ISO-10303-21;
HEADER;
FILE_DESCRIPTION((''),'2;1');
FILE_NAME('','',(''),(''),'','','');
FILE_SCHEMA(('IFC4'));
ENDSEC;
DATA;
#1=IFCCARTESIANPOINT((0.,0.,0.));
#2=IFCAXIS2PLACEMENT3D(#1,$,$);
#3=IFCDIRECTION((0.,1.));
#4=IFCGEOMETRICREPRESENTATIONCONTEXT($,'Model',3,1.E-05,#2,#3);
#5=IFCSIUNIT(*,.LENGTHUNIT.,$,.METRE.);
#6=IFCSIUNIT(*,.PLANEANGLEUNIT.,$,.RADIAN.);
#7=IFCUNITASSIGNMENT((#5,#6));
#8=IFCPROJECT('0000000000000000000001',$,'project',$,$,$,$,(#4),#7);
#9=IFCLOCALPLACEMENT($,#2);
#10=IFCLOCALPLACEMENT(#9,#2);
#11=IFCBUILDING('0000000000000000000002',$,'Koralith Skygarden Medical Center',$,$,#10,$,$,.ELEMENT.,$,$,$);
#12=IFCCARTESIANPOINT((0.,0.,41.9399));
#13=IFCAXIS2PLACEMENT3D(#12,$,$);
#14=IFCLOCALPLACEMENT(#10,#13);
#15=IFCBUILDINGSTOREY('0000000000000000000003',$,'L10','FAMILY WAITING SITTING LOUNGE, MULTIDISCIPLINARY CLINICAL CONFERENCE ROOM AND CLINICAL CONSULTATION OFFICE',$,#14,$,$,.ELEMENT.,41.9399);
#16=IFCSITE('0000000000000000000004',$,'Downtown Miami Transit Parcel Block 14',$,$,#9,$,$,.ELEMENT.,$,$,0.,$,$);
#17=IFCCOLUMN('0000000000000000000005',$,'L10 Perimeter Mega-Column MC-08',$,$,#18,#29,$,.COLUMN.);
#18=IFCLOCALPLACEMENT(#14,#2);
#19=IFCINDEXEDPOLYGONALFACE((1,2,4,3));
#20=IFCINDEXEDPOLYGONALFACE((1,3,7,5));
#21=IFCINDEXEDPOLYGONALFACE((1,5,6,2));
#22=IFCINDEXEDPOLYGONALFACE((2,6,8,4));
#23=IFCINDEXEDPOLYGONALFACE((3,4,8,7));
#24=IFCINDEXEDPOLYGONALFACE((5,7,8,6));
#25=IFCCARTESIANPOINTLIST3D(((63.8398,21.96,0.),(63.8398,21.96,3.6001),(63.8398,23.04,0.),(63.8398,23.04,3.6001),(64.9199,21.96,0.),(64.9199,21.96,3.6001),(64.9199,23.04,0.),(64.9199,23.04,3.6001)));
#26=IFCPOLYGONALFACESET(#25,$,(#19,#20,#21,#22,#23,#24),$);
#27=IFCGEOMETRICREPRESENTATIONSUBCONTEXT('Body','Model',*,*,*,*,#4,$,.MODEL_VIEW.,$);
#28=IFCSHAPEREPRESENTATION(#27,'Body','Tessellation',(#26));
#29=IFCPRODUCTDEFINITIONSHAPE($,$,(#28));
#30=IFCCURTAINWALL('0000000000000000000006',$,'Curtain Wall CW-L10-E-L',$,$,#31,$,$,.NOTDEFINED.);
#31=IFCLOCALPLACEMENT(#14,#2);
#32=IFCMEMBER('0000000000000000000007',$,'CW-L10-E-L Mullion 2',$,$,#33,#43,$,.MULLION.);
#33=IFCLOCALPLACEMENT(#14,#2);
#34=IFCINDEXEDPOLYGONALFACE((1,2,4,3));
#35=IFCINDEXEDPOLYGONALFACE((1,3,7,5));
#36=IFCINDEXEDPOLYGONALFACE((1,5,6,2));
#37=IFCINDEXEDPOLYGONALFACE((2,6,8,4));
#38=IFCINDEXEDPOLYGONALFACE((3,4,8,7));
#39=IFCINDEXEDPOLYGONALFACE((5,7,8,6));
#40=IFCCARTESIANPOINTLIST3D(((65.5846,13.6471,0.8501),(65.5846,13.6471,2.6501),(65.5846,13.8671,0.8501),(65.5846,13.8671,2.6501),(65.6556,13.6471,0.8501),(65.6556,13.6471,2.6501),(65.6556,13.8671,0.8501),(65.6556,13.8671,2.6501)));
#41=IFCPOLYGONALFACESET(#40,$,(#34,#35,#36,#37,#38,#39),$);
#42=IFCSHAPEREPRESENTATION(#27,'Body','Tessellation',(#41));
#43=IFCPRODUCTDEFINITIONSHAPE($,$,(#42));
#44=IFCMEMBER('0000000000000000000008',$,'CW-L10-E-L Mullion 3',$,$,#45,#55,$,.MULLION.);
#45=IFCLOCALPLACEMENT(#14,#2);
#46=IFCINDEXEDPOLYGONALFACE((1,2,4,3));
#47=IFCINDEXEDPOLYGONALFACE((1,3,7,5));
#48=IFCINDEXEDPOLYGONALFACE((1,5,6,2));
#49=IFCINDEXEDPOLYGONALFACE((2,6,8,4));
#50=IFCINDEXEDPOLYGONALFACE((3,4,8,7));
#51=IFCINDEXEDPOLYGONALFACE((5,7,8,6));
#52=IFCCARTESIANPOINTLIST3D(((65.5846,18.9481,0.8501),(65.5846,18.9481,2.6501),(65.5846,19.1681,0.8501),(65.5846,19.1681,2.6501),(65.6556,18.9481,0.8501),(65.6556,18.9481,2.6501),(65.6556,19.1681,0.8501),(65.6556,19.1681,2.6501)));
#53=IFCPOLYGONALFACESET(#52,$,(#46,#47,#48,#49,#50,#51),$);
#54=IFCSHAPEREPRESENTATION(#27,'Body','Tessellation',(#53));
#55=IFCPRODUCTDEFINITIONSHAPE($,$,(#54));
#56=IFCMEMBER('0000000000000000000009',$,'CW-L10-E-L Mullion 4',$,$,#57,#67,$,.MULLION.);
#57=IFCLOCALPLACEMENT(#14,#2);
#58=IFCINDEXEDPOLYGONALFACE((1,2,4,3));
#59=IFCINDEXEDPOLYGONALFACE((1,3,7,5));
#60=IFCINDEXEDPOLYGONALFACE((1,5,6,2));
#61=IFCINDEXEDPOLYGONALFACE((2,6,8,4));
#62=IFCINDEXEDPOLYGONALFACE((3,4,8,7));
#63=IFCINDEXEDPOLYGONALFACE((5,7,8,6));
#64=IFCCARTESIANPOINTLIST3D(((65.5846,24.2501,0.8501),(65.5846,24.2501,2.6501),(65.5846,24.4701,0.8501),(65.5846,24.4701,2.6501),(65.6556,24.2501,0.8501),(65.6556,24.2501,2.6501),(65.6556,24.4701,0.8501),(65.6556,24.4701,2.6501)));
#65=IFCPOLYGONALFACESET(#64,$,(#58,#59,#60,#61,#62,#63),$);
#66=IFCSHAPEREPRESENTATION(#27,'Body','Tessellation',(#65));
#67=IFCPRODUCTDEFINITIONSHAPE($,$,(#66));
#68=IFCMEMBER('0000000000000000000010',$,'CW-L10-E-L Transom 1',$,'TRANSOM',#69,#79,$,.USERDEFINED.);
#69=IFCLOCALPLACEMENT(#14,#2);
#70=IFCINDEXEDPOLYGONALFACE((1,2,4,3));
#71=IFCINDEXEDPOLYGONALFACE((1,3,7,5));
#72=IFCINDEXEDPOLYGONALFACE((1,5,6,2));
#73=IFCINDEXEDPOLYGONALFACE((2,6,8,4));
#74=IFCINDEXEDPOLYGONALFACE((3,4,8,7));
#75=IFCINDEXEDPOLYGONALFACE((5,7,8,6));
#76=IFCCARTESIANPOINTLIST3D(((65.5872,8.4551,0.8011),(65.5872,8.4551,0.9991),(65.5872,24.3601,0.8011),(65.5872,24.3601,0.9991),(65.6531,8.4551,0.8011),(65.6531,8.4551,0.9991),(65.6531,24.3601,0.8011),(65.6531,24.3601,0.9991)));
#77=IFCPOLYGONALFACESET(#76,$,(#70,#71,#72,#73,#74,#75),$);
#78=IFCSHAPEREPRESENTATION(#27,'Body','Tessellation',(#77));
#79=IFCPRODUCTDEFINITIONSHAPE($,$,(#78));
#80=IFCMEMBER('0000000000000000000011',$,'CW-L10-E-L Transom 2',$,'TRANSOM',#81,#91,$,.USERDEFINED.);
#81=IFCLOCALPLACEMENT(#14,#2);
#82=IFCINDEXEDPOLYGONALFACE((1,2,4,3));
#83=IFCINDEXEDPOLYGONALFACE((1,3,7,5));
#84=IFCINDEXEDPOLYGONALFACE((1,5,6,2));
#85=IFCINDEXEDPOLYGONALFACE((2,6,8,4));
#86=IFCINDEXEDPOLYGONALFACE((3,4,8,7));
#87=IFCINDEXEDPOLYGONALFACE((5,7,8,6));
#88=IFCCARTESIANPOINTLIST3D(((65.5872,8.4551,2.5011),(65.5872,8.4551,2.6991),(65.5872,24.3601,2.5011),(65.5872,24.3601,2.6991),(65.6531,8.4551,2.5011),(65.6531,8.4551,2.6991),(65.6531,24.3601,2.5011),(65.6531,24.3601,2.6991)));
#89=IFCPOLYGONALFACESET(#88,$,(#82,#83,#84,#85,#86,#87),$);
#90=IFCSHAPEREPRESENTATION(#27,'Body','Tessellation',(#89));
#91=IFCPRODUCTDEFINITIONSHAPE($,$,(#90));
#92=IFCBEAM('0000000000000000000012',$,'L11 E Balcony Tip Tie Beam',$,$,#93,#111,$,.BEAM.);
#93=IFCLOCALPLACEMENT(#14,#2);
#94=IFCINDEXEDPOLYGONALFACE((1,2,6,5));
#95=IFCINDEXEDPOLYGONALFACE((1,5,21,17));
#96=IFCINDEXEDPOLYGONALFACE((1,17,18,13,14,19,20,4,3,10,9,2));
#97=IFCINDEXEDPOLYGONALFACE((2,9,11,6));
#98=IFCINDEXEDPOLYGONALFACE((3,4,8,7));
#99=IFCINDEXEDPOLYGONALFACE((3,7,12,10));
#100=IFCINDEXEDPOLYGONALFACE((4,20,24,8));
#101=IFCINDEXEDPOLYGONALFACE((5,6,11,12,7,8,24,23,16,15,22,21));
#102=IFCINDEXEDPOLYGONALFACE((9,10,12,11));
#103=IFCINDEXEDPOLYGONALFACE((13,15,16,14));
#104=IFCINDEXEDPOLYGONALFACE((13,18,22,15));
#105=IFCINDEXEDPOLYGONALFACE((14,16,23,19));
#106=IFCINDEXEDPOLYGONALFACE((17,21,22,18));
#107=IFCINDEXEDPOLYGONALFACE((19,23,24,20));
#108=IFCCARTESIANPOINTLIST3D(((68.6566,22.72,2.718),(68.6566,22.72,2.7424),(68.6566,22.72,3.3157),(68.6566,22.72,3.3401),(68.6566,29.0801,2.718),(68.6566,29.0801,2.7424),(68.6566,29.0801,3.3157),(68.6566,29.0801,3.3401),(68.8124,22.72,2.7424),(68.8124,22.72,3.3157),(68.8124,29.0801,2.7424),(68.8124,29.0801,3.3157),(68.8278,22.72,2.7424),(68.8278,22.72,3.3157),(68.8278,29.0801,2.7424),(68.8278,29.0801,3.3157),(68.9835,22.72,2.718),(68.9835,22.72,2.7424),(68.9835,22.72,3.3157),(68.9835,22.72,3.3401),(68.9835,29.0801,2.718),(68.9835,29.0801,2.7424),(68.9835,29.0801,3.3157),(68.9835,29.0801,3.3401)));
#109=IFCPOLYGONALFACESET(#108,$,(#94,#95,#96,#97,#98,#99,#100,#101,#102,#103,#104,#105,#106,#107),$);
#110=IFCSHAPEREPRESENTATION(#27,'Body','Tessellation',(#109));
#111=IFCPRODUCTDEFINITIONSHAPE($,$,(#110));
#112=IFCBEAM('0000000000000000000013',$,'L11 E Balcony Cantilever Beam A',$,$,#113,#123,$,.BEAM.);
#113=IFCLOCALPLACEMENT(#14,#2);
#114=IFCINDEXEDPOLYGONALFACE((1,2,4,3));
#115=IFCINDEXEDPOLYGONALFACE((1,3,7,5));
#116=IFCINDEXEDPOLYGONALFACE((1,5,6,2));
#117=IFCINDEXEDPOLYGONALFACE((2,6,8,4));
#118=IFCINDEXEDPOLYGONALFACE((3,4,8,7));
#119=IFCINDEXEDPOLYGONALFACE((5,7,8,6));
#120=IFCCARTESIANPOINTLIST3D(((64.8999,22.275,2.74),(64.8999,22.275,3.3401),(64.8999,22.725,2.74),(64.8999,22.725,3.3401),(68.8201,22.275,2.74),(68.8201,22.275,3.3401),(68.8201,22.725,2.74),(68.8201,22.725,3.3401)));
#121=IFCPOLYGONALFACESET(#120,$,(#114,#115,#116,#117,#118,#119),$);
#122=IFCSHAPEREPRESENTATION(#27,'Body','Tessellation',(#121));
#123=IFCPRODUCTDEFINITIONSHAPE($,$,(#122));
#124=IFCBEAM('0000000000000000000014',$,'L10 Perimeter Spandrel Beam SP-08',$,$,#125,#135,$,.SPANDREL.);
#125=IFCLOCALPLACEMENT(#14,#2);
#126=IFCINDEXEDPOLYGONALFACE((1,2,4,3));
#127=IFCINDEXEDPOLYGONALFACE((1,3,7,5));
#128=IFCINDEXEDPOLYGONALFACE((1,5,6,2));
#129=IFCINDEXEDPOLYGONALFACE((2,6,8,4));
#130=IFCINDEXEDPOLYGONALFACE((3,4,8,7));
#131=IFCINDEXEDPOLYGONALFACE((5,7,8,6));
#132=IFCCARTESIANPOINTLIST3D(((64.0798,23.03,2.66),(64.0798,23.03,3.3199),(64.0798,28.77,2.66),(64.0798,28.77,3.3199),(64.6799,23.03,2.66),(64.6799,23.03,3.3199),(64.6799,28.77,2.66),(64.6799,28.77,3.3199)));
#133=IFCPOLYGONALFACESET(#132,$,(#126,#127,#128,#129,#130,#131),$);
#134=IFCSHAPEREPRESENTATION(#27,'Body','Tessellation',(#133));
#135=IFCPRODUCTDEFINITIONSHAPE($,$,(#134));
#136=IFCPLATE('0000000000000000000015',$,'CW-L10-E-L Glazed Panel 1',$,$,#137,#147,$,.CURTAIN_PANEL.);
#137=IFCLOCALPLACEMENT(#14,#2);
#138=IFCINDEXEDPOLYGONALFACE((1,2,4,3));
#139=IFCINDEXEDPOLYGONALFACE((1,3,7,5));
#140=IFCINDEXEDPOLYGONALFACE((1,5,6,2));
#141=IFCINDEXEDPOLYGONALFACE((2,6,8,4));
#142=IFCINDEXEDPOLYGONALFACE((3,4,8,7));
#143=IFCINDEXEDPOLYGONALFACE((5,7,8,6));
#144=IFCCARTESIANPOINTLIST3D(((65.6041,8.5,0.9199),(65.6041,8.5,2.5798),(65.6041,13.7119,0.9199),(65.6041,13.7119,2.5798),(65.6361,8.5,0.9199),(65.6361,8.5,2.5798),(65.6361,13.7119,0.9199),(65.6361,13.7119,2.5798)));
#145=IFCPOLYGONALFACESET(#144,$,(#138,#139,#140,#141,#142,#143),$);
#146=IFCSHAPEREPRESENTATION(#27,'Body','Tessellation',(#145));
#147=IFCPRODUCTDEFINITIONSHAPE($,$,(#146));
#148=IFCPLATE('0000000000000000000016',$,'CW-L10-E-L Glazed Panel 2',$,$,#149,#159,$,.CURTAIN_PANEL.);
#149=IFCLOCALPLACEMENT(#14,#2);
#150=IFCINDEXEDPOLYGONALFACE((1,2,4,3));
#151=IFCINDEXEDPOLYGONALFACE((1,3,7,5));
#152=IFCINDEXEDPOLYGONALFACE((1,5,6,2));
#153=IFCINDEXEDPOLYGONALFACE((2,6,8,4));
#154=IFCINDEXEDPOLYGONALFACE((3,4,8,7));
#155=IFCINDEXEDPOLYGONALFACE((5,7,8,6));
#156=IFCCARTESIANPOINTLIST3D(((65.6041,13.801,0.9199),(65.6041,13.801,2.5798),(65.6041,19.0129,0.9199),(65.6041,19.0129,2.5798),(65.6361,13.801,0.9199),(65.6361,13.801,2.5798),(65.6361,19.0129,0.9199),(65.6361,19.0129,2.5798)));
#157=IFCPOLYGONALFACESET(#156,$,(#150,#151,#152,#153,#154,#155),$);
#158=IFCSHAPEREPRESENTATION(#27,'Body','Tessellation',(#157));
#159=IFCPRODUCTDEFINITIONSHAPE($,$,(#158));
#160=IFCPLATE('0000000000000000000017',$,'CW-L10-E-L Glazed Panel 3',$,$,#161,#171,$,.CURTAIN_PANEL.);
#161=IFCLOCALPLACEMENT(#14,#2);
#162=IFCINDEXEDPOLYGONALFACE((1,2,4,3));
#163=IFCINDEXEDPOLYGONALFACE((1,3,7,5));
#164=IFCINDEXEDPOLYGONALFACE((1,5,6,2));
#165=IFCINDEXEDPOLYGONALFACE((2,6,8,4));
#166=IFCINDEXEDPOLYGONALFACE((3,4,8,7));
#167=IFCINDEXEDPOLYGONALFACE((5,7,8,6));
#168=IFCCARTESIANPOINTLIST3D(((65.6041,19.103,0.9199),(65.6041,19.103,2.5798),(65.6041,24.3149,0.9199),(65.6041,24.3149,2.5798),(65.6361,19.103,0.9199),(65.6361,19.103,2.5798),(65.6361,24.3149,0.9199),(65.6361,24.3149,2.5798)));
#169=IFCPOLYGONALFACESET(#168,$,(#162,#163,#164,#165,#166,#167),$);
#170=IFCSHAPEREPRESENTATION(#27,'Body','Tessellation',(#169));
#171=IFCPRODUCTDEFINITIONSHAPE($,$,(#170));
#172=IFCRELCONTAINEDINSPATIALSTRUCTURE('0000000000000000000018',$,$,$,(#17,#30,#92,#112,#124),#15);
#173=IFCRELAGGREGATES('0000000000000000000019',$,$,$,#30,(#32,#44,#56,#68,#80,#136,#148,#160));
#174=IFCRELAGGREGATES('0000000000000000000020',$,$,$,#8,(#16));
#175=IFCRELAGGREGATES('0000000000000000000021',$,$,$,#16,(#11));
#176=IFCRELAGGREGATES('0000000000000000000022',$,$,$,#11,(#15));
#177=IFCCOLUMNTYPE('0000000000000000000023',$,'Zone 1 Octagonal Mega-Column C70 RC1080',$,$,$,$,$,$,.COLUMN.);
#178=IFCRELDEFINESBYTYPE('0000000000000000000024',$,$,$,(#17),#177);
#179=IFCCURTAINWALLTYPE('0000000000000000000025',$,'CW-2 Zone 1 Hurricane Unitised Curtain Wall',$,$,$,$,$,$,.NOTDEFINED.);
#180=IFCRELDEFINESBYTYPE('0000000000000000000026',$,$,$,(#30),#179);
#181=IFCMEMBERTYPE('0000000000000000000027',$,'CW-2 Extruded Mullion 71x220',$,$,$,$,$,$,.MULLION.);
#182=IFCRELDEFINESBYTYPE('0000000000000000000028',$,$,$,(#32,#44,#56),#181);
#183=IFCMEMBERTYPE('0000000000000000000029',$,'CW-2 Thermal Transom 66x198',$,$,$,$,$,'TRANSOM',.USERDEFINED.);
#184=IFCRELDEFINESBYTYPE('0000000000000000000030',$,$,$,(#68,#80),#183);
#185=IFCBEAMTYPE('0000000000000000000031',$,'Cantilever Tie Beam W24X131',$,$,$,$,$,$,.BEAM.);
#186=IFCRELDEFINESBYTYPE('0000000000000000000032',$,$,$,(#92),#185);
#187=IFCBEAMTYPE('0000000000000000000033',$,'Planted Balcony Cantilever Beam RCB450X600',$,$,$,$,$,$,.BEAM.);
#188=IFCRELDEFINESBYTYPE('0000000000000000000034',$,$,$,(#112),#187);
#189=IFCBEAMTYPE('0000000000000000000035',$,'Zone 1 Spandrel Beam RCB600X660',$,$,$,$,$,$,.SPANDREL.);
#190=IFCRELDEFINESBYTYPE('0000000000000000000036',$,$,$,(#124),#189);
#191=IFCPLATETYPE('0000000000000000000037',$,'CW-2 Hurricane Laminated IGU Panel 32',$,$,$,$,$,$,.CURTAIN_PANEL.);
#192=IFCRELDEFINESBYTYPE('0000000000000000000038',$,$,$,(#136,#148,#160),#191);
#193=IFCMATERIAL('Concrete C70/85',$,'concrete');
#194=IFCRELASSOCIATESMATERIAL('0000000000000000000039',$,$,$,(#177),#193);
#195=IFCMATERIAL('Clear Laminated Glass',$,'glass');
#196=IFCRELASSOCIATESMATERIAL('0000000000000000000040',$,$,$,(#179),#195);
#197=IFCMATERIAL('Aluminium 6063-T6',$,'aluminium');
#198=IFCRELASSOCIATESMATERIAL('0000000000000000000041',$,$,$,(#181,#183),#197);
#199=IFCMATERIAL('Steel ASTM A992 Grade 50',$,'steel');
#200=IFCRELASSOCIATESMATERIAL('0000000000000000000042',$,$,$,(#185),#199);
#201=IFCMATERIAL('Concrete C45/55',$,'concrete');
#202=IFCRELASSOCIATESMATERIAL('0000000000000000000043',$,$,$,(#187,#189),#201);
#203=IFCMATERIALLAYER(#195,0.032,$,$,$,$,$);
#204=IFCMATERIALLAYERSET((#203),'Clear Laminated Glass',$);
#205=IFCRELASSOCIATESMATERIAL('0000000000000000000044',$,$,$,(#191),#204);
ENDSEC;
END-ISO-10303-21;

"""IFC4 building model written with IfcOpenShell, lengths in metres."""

from ifc_helpers import new_model, si_unit, direction, frame, origin, origin_2d, place, context, subcontext, project, spatial, rectangle, i_section, extrude, material, layer, layer_set, material_profile, profile_set, type_object, element, aggregate, save


model = new_model("IFC4")

# Units and contexts
model_context = context("Model", 3, precision=1e-05, world=origin(), true_north=direction((0.0, 1.0)))
body_context = subcontext(model_context, "Body", "Model", "MODEL_VIEW")
ifc_project = project(units=[si_unit("LENGTHUNIT", "METRE"), si_unit("PLANEANGLEUNIT", "RADIAN")], contexts=[model_context])

# Site, building, storey
site_placement = place(None, origin())
site = spatial("IfcSite", under=ifc_project, at=site_placement, Name="Downtown Miami Transit Parcel Block 14", CompositionType="ELEMENT", RefElevation=0.0)
building_placement = place(site_placement, origin())
building = spatial("IfcBuilding", under=site, at=building_placement, Name="Koralith Skygarden Medical Center", CompositionType="ELEMENT")
storey_placement = place(building_placement, frame((0.0, 0.0, 41.9399)))
storey = spatial("IfcBuildingStorey", under=building, at=storey_placement, Name="L10", Description="FAMILY WAITING SITTING LOUNGE, MULTIDISCIPLINARY CLINICAL CONFERENCE ROOM AND CLINICAL CONSULTATION OFFICE", CompositionType="ELEMENT", Elevation=41.9399)

# Column
ifc_material_1 = material(Name="Concrete C70/85", Category="concrete")
ifc_material_profile_1 = material_profile(ifc_material_1, rectangle(XDim=1.0801, YDim=1.0801, at=origin_2d()), Name="RC1080X1080")
ifc_profile_set_1 = profile_set([ifc_material_profile_1], Name="Concrete C70/85")
column_type = type_object("IfcColumnType", Name="Zone 1 Octagonal Mega-Column C70 RC1080", PredefinedType="COLUMN", material=ifc_profile_set_1)
column_placement = place(storey_placement, frame((64.3799, 22.5, 0.0), z_axis=(0.0, 0.0, 1.0), x_axis=(1.0, 0.0, 0.0)))
element("IfcColumn", 1, at=column_placement, inside=storey, type_object=column_type, Name="L10 Perimeter Mega-Column MC-08", PredefinedType="COLUMN", context=body_context, shape_type="SweptSolid", body=[
    extrude(rectangle(XDim=1.0801, YDim=1.0801, at=origin_2d()), origin(), (0.0, 0.0, 1.0), 3.6001),
])

# Curtain wall, members
ifc_material_2 = material(Name="Clear Laminated Glass", Category="glass")
curtain_wall_type = type_object("IfcCurtainWallType", Name="CW-2 Zone 1 Hurricane Unitised Curtain Wall", PredefinedType="NOTDEFINED", material=ifc_material_2)
curtain_wall_placement = place(storey_placement, origin())
curtain_wall = element("IfcCurtainWall", 2, at=curtain_wall_placement, inside=storey, type_object=curtain_wall_type, Name="Curtain Wall CW-L10-E-L", PredefinedType="NOTDEFINED")
ifc_material_3 = material(Name="Aluminium 6063-T6", Category="aluminium")
ifc_material_profile_2 = material_profile(ifc_material_3, rectangle(XDim=0.071, YDim=0.22, at=origin_2d()), Name="MUL71X220")
ifc_profile_set_2 = profile_set([ifc_material_profile_2], Name="Aluminium 6063-T6")
member_type_1 = type_object("IfcMemberType", Name="CW-2 Extruded Mullion 71x220", PredefinedType="MULLION", material=ifc_profile_set_2)
member_1_placement = place(storey_placement, frame((65.6201, 13.7571, 0.8501), z_axis=(0.0, 0.0, 1.0), x_axis=(1.0, 0.0, 0.0)))
member_1 = element("IfcMember", 3, at=member_1_placement, type_object=member_type_1, Name="CW-L10-E-L Mullion 2", PredefinedType="MULLION", context=body_context, shape_type="SweptSolid", body=[
    extrude(rectangle(XDim=0.071, YDim=0.22, at=origin_2d()), origin(), (0.0, 0.0, 1.0), 1.8),
])
member_2_placement = place(storey_placement, frame((65.6201, 19.0581, 0.8501), z_axis=(0.0, 0.0, 1.0), x_axis=(1.0, 0.0, 0.0)))
member_2 = element("IfcMember", 4, at=member_2_placement, type_object=member_type_1, Name="CW-L10-E-L Mullion 3", PredefinedType="MULLION", context=body_context, shape_type="SweptSolid", body=[
    extrude(rectangle(XDim=0.071, YDim=0.22, at=origin_2d()), origin(), (0.0, 0.0, 1.0), 1.8),
])
member_3_placement = place(storey_placement, frame((65.6201, 24.3601, 0.8501), z_axis=(0.0, 0.0, 1.0), x_axis=(1.0, 0.0, 0.0)))
member_3 = element("IfcMember", 5, at=member_3_placement, type_object=member_type_1, Name="CW-L10-E-L Mullion 4", PredefinedType="MULLION", context=body_context, shape_type="SweptSolid", body=[
    extrude(rectangle(XDim=0.071, YDim=0.22, at=origin_2d()), origin(), (0.0, 0.0, 1.0), 1.8),
])
ifc_material_profile_3 = material_profile(ifc_material_3, rectangle(XDim=0.0659, YDim=0.198, at=origin_2d()), Name="TRN66X198")
ifc_profile_set_3 = profile_set([ifc_material_profile_3], Name="Aluminium 6063-T6")
member_type_2 = type_object("IfcMemberType", Name="CW-2 Thermal Transom 66x198", ElementType="TRANSOM", PredefinedType="USERDEFINED", material=ifc_profile_set_3)
member_4_placement = place(storey_placement, frame((65.6201, 8.4551, 0.9001), z_axis=(0.0, 1.0, 0.0), x_axis=(-1.0, 0.0, 0.0)))
member_4 = element("IfcMember", 6, at=member_4_placement, type_object=member_type_2, Name="CW-L10-E-L Transom 1", ObjectType="TRANSOM", PredefinedType="USERDEFINED", context=body_context, shape_type="SweptSolid", body=[
    extrude(rectangle(XDim=0.0659, YDim=0.198, at=origin_2d()), origin(), (0.0, 0.0, 1.0), 15.905),
])
member_5_placement = place(storey_placement, frame((65.6201, 8.4551, 2.6001), z_axis=(0.0, 1.0, 0.0), x_axis=(-1.0, 0.0, 0.0)))
member_5 = element("IfcMember", 7, at=member_5_placement, type_object=member_type_2, Name="CW-L10-E-L Transom 2", ObjectType="TRANSOM", PredefinedType="USERDEFINED", context=body_context, shape_type="SweptSolid", body=[
    extrude(rectangle(XDim=0.0659, YDim=0.198, at=origin_2d()), origin(), (0.0, 0.0, 1.0), 15.905),
])

# Beams
ifc_material_4 = material(Name="Steel ASTM A992 Grade 50", Category="steel")
ifc_material_profile_4 = material_profile(ifc_material_4, i_section(OverallWidth=0.3269, OverallDepth=0.6221, WebThickness=0.0154, FlangeThickness=0.0244, at=origin_2d()), Name="W24X131")
ifc_profile_set_4 = profile_set([ifc_material_profile_4], Name="Steel ASTM A992 Grade 50")
beam_type_1 = type_object("IfcBeamType", Name="Cantilever Tie Beam W24X131", PredefinedType="BEAM", material=ifc_profile_set_4)
beam_1_placement = place(storey_placement, frame((68.8201, 22.72, 3.0291), z_axis=(0.0, 1.0, 0.0), x_axis=(-1.0, 0.0, 0.0)))
element("IfcBeam", 8, at=beam_1_placement, inside=storey, type_object=beam_type_1, Name="L11 E Balcony Tip Tie Beam", PredefinedType="BEAM", context=body_context, shape_type="SweptSolid", body=[
    extrude(i_section(OverallWidth=0.3269, OverallDepth=0.6221, WebThickness=0.0154, FlangeThickness=0.0244, at=origin_2d()), origin(), (0.0, 0.0, 1.0), 6.3601),
])
ifc_material_5 = material(Name="Concrete C45/55", Category="concrete")
ifc_material_profile_5 = material_profile(ifc_material_5, rectangle(XDim=0.45, YDim=0.6001, at=origin_2d()), Name="RCB450X600")
ifc_profile_set_5 = profile_set([ifc_material_profile_5], Name="Concrete C45/55")
beam_type_2 = type_object("IfcBeamType", Name="Planted Balcony Cantilever Beam RCB450X600", PredefinedType="BEAM", material=ifc_profile_set_5)
beam_2_placement = place(storey_placement, frame((64.8999, 22.5, 3.04), z_axis=(1.0, 0.0, 0.0), x_axis=(0.0, 1.0, 0.0)))
element("IfcBeam", 9, at=beam_2_placement, inside=storey, type_object=beam_type_2, Name="L11 E Balcony Cantilever Beam A", PredefinedType="BEAM", context=body_context, shape_type="SweptSolid", body=[
    extrude(rectangle(XDim=0.45, YDim=0.6001, at=origin_2d()), origin(), (0.0, 0.0, 1.0), 3.9202),
])
ifc_material_profile_6 = material_profile(ifc_material_5, rectangle(XDim=0.6001, YDim=0.6599, at=origin_2d()), Name="RCB600X660")
ifc_profile_set_6 = profile_set([ifc_material_profile_6], Name="Concrete C45/55")
beam_type_3 = type_object("IfcBeamType", Name="Zone 1 Spandrel Beam RCB600X660", PredefinedType="SPANDREL", material=ifc_profile_set_6)
beam_3_placement = place(storey_placement, frame((64.3799, 23.03, 2.99), z_axis=(0.0, 1.0, 0.0), x_axis=(-1.0, 0.0, 0.0)))
element("IfcBeam", 10, at=beam_3_placement, inside=storey, type_object=beam_type_3, Name="L10 Perimeter Spandrel Beam SP-08", PredefinedType="SPANDREL", context=body_context, shape_type="SweptSolid", body=[
    extrude(rectangle(XDim=0.6001, YDim=0.6599, at=origin_2d()), origin(), (0.0, 0.0, 1.0), 5.74),
])

# Plates
ifc_layer_1 = layer(ifc_material_2, 0.032)
ifc_layer_set_1 = layer_set([ifc_layer_1], Name="Clear Laminated Glass")
plate_type = type_object("IfcPlateType", Name="CW-2 Hurricane Laminated IGU Panel 32", PredefinedType="CURTAIN_PANEL", material=ifc_layer_set_1)
plate_1_placement = place(storey_placement, frame((65.6201, 11.106, 0.9199), z_axis=(0.0, 0.0, 1.0), x_axis=(0.0, 1.0, 0.0)))
plate_1 = element("IfcPlate", 11, at=plate_1_placement, type_object=plate_type, Name="CW-L10-E-L Glazed Panel 1", PredefinedType="CURTAIN_PANEL", context=body_context, shape_type="SweptSolid", body=[
    extrude(rectangle(XDim=5.2119, YDim=0.032, at=origin_2d()), origin(), (0.0, 0.0, 1.0), 1.6599),
])
plate_2_placement = place(storey_placement, frame((65.6201, 16.407, 0.9199), z_axis=(0.0, 0.0, 1.0), x_axis=(0.0, 1.0, 0.0)))
plate_2 = element("IfcPlate", 12, at=plate_2_placement, type_object=plate_type, Name="CW-L10-E-L Glazed Panel 2", PredefinedType="CURTAIN_PANEL", context=body_context, shape_type="SweptSolid", body=[
    extrude(rectangle(XDim=5.2119, YDim=0.032, at=origin_2d()), origin(), (0.0, 0.0, 1.0), 1.6599),
])
plate_3_placement = place(storey_placement, frame((65.6201, 21.709, 0.9199), z_axis=(0.0, 0.0, 1.0), x_axis=(0.0, 1.0, 0.0)))
plate_3 = element("IfcPlate", 13, at=plate_3_placement, type_object=plate_type, Name="CW-L10-E-L Glazed Panel 3", PredefinedType="CURTAIN_PANEL", context=body_context, shape_type="SweptSolid", body=[
    extrude(rectangle(XDim=5.2119, YDim=0.032, at=origin_2d()), origin(), (0.0, 0.0, 1.0), 1.6599),
])
aggregate(curtain_wall, [member_1, member_2, member_3, member_4, member_5, plate_1, plate_2, plate_3])

save(model, "model.ifc")
